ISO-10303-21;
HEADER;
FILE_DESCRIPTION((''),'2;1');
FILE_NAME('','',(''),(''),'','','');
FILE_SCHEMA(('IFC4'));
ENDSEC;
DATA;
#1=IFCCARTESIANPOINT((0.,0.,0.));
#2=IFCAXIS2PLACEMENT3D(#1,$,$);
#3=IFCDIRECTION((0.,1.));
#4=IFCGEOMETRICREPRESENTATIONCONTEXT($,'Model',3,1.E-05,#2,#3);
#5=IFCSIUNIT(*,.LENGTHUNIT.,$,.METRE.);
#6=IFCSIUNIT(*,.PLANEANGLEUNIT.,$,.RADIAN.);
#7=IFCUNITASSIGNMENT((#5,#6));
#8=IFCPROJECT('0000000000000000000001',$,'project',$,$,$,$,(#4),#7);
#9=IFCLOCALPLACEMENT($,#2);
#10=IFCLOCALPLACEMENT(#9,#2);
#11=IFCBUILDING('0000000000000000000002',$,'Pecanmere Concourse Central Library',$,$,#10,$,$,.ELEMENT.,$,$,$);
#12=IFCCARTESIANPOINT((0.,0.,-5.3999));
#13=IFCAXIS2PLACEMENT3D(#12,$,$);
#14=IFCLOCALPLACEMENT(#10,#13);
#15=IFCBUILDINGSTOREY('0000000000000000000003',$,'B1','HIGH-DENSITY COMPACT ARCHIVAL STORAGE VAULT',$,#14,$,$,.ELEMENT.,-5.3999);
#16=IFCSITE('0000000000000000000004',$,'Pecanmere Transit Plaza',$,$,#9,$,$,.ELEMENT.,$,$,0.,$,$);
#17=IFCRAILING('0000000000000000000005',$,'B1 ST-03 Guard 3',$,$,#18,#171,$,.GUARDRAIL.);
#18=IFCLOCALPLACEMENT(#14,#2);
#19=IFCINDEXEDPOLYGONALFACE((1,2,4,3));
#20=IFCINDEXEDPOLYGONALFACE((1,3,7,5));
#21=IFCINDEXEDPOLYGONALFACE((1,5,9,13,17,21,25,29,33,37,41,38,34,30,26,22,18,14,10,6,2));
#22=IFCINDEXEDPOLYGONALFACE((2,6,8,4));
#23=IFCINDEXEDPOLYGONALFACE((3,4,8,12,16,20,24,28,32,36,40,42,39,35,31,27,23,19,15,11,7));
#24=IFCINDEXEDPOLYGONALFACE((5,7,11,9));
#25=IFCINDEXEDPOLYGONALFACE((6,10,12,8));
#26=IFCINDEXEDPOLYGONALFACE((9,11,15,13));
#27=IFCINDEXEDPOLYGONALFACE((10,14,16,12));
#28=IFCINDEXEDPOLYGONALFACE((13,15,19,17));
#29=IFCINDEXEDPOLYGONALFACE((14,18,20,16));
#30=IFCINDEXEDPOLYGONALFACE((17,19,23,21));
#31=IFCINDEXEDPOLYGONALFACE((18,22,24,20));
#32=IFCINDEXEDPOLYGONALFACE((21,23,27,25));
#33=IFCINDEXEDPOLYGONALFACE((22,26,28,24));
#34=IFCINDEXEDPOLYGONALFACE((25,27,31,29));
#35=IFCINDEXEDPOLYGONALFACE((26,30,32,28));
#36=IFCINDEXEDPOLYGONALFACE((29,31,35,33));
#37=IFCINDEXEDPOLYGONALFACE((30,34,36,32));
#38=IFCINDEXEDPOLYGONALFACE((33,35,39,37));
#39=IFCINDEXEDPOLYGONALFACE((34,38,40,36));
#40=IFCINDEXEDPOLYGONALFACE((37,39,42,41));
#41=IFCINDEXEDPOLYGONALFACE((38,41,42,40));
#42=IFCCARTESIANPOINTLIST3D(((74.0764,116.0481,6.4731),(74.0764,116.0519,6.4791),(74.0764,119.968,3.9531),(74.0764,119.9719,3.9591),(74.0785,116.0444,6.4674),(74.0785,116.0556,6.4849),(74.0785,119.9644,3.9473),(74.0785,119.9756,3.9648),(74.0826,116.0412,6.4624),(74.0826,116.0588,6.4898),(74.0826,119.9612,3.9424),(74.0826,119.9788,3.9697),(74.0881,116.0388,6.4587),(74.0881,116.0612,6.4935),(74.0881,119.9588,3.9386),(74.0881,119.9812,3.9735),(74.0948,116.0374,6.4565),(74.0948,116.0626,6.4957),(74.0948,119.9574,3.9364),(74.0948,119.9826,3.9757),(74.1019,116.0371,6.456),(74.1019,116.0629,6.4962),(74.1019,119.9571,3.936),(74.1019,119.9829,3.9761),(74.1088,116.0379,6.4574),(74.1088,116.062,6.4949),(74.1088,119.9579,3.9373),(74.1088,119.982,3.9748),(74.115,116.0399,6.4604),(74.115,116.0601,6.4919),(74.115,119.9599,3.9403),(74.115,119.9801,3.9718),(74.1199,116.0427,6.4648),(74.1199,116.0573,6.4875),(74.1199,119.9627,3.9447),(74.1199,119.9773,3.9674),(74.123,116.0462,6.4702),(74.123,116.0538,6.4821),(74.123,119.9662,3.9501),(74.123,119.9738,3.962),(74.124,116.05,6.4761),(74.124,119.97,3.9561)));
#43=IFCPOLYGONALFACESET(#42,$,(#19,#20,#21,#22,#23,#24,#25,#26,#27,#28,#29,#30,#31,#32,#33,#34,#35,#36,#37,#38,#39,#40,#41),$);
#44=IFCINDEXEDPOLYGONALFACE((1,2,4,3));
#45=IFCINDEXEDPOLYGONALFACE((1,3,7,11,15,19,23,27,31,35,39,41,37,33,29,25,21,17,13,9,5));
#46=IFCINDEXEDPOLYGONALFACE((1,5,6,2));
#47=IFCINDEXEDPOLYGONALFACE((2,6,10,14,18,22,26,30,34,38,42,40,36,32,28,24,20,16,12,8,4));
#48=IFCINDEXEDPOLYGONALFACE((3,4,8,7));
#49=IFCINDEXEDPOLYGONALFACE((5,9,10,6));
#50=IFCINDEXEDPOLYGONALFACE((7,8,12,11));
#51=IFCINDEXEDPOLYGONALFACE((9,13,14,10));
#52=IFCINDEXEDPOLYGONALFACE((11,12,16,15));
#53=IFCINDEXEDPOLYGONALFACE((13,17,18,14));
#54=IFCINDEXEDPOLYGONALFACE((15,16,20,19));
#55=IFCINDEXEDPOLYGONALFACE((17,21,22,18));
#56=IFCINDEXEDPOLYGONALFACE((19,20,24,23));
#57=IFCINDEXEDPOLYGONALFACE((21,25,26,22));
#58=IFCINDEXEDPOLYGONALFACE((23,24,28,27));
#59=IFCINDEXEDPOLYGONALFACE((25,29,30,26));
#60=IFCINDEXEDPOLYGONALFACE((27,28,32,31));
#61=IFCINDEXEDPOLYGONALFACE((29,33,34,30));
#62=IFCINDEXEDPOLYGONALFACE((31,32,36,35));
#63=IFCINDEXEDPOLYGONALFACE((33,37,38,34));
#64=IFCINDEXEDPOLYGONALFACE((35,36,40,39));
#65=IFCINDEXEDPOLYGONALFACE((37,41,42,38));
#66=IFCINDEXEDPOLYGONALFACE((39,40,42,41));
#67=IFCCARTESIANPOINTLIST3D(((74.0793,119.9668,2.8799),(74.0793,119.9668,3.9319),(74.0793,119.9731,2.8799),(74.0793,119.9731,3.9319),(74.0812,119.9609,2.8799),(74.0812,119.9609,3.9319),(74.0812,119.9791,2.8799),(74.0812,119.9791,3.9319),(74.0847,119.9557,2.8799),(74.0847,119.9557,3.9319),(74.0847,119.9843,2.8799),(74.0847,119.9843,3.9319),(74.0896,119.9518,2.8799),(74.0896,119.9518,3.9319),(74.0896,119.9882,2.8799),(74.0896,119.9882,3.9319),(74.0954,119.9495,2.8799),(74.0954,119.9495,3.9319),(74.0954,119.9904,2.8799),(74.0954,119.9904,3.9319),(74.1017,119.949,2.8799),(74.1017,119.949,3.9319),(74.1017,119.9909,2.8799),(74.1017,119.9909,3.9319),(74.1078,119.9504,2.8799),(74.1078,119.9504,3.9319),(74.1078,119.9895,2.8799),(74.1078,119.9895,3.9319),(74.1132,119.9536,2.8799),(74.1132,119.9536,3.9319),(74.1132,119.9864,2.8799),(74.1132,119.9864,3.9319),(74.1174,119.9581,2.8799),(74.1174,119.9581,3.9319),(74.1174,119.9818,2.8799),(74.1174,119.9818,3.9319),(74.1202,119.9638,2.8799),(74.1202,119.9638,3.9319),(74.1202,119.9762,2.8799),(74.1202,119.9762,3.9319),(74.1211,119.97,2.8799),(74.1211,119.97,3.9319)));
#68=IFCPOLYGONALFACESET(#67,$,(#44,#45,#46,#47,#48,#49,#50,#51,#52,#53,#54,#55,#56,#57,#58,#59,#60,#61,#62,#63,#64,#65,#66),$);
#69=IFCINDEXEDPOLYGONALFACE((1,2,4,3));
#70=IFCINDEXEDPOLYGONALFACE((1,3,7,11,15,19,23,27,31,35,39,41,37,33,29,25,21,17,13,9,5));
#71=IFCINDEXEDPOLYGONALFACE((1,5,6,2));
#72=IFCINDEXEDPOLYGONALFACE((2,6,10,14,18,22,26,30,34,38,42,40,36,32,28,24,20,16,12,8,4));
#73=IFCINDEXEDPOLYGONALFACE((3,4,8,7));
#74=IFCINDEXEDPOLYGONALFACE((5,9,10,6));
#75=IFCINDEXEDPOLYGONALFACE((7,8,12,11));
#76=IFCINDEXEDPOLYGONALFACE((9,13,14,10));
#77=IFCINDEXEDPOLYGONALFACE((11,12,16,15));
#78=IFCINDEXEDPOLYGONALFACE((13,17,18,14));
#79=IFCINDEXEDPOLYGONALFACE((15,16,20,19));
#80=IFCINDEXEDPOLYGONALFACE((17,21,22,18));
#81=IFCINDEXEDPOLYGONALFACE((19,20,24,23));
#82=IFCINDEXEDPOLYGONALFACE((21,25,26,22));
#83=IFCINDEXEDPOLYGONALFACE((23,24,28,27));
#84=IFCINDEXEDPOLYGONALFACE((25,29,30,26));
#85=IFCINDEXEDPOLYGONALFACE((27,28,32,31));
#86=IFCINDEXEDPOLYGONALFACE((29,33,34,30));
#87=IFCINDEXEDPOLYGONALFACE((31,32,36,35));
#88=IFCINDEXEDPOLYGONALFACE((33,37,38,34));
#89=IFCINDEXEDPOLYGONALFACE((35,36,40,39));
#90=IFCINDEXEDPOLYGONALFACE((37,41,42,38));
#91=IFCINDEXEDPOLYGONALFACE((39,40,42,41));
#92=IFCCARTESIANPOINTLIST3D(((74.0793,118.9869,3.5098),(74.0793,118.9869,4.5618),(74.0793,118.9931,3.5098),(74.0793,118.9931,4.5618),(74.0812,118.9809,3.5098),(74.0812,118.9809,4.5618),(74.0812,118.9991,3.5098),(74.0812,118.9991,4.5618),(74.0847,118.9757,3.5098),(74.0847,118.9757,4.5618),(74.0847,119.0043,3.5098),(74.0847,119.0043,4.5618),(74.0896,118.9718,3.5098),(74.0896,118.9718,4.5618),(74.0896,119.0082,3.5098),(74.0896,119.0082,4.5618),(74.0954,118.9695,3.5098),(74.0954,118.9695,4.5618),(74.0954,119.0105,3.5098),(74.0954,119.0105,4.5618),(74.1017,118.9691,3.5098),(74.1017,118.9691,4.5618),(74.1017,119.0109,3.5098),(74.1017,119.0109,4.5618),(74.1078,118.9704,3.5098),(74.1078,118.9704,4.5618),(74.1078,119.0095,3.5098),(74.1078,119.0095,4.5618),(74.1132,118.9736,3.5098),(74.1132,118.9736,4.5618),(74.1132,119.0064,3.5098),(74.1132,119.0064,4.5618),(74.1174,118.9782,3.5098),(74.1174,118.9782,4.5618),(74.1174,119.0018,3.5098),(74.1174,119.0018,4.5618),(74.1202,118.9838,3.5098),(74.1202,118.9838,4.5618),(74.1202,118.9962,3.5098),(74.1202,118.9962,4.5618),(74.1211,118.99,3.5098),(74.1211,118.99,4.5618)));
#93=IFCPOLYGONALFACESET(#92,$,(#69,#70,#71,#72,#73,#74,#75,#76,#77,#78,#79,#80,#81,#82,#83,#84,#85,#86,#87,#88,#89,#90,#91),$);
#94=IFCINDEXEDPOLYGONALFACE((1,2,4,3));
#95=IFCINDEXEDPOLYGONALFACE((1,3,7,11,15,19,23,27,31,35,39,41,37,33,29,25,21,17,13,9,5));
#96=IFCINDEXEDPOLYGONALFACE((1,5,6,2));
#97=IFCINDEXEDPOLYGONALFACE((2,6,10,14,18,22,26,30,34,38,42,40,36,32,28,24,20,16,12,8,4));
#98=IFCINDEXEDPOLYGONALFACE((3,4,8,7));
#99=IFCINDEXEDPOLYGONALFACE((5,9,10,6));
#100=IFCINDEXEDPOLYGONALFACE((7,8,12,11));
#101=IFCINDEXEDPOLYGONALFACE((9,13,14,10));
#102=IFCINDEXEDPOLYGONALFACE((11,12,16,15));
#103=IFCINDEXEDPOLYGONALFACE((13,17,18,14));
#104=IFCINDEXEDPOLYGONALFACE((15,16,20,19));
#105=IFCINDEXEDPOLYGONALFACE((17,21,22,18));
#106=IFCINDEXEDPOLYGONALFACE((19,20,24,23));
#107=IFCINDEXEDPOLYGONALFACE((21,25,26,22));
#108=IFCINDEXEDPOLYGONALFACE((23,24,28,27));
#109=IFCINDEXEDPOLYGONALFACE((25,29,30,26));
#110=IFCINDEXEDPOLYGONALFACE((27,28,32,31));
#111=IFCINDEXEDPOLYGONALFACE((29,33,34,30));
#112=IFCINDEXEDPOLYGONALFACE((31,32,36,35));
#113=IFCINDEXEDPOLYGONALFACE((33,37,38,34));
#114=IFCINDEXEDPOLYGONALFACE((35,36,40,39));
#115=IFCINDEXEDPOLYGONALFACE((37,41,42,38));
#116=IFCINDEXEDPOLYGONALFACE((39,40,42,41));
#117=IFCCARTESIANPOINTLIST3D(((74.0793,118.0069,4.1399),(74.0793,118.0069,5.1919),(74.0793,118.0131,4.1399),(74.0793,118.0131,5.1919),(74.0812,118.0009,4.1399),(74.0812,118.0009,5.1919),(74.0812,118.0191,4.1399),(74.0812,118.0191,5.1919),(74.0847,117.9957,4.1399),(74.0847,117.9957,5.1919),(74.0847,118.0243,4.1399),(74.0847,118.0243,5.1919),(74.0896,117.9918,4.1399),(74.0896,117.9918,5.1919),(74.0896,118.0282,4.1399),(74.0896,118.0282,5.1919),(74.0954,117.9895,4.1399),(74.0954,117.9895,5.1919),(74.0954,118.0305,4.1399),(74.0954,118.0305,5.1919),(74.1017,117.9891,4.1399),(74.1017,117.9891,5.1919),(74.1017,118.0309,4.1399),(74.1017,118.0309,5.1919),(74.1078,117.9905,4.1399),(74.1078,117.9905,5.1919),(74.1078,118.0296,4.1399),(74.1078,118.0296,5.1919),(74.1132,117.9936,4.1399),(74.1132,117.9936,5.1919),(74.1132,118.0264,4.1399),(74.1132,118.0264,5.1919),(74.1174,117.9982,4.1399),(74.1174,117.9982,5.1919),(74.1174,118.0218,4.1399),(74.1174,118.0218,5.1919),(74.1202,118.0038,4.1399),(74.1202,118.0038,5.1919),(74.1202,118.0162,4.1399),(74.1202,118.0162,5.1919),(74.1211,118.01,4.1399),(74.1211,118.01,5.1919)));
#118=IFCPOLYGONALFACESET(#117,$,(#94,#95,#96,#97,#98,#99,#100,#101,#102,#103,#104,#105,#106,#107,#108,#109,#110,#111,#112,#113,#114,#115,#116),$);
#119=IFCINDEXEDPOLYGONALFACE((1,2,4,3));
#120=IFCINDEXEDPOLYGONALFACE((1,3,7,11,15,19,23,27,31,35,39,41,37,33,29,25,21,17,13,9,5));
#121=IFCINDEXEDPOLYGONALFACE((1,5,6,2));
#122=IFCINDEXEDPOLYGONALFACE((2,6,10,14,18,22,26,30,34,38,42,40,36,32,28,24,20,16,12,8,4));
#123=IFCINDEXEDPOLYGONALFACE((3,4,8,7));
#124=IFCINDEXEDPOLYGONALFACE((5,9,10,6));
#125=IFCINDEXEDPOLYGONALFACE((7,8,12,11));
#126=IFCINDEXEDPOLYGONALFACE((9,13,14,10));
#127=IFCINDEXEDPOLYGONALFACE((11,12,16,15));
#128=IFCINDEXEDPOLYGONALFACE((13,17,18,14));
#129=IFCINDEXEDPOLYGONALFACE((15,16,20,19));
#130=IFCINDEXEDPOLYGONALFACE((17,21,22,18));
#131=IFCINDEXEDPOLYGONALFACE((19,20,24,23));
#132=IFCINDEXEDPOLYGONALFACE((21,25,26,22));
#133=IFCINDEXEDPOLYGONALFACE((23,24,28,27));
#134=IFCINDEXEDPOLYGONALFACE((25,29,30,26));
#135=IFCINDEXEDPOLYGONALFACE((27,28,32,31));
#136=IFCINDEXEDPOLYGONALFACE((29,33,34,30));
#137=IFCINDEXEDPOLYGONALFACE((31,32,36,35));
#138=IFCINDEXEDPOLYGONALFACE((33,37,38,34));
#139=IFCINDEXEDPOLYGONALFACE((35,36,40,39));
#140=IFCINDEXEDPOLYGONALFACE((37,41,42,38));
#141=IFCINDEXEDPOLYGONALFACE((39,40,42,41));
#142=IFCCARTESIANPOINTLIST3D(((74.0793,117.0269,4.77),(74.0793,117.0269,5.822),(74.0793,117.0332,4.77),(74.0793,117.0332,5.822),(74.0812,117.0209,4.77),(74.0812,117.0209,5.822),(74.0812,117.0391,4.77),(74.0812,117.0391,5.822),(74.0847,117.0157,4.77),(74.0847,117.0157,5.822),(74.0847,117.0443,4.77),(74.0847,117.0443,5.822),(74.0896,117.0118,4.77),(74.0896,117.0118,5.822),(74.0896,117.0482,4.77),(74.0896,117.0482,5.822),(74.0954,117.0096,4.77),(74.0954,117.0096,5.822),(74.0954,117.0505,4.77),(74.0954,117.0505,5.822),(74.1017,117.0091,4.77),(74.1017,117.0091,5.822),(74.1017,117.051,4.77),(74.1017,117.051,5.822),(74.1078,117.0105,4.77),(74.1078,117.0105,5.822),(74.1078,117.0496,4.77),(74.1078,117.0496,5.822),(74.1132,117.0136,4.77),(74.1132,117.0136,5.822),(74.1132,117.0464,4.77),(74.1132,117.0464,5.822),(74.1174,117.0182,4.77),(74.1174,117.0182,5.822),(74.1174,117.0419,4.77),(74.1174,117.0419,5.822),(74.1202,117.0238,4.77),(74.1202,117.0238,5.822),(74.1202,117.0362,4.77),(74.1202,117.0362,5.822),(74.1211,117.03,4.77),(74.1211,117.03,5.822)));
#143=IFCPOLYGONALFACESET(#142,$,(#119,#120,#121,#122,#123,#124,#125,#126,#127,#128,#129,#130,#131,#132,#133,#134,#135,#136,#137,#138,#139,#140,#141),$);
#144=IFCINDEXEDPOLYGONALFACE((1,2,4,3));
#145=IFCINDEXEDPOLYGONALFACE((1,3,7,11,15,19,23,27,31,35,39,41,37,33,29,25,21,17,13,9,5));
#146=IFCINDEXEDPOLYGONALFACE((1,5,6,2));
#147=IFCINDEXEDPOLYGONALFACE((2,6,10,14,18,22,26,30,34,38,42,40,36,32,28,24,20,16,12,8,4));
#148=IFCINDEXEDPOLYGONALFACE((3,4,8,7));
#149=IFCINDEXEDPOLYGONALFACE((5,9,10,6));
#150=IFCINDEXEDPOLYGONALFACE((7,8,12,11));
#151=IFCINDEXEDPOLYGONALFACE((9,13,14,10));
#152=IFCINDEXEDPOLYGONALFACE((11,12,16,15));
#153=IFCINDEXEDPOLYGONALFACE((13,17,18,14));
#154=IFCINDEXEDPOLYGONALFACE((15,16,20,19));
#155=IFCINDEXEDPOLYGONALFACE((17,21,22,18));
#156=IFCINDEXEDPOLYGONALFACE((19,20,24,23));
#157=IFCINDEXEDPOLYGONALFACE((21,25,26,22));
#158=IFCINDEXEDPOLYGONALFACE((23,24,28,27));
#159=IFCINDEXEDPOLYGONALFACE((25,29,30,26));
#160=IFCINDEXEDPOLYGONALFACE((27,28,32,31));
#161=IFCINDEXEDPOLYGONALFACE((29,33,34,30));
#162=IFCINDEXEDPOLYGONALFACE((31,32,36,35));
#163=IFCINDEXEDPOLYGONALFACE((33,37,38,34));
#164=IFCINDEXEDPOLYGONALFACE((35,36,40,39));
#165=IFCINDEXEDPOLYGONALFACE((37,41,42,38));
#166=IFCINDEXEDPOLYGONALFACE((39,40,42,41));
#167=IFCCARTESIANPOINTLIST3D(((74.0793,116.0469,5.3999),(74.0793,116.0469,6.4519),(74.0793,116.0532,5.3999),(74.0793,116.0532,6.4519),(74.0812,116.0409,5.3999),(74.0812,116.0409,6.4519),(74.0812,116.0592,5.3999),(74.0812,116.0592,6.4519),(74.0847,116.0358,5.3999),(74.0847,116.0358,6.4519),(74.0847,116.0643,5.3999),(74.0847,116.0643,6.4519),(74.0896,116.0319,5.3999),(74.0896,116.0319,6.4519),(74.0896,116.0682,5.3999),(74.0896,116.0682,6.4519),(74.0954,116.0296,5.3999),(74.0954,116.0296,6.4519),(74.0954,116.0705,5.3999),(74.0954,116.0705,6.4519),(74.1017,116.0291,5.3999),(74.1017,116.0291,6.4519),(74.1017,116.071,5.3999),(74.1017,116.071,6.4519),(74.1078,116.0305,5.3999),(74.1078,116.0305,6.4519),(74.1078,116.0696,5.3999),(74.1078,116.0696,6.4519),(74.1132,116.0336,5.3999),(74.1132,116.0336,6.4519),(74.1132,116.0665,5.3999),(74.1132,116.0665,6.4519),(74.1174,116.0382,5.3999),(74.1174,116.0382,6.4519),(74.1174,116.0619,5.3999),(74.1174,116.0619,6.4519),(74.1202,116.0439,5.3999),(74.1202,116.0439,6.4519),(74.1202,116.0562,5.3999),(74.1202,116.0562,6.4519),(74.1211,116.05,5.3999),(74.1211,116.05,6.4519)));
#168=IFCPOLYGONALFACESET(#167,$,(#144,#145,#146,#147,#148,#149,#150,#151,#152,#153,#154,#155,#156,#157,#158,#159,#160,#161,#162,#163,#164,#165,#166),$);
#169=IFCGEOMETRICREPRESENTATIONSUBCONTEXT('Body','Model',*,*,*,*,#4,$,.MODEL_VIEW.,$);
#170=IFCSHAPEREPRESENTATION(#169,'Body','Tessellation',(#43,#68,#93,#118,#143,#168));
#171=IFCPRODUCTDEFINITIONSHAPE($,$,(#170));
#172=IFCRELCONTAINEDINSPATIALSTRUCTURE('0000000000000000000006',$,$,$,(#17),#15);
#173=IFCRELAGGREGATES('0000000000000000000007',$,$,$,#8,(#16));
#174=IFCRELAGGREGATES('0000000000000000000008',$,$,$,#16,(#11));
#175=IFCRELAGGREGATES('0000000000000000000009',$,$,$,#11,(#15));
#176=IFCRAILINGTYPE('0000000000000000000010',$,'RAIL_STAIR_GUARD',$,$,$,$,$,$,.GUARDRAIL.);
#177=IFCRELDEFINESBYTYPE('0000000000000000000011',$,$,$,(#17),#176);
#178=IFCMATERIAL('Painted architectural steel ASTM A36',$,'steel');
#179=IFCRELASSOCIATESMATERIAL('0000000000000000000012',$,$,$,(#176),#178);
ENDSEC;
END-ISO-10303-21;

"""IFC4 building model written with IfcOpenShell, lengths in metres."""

from ifc_helpers import new_model, si_unit, direction, frame, origin, origin_2d, place, context, subcontext, project, spatial, circle, extrude, material, type_object, element, save


model = new_model("IFC4")

# Units and contexts
model_context = context("Model", 3, precision=1e-05, world=origin(), true_north=direction((0.0, 1.0)))
body_context = subcontext(model_context, "Body", "Model", "MODEL_VIEW")
ifc_project = project(units=[si_unit("LENGTHUNIT", "METRE"), si_unit("PLANEANGLEUNIT", "RADIAN")], contexts=[model_context])

# Site, building, storey
site_placement = place(None, origin())
site = spatial("IfcSite", under=ifc_project, at=site_placement, Name="Pecanmere Transit Plaza", CompositionType="ELEMENT", RefElevation=0.0)
building_placement = place(site_placement, origin())
building = spatial("IfcBuilding", under=site, at=building_placement, Name="Pecanmere Concourse Central Library", CompositionType="ELEMENT")
storey_placement = place(building_placement, frame((0.0, 0.0, -5.3999)))
storey = spatial("IfcBuildingStorey", under=building, at=storey_placement, Name="B1", Description="HIGH-DENSITY COMPACT ARCHIVAL STORAGE VAULT", CompositionType="ELEMENT", Elevation=-5.3999)

# Railing
ifc_material_1 = material(Name="Painted architectural steel ASTM A36", Category="steel")
railing_type_1 = type_object("IfcRailingType", Name="RAIL_STAIR_GUARD", PredefinedType="GUARDRAIL", material=ifc_material_1)
railing_1_placement = place(storey_placement, frame((74.1001, 119.97, 2.8799)))
element("IfcRailing", 1, at=railing_1_placement, inside=storey, type_object=railing_type_1, Name="B1 ST-03 Guard 3", PredefinedType="GUARDRAIL", context=body_context, shape_type="SweptSolid", body=[
    extrude(circle(Radius=0.0239, at=origin_2d()), frame((0.0, 0.0, 1.0762), z_axis=(0.0, -0.841172, 0.540768), x_axis=(1.0, 0.0, 0.0)), (0.0, 0.0, 1.0), 4.6602),
    extrude(circle(Radius=0.021, at=origin_2d()), origin(), (0.0, 0.0, 1.0), 1.052),
    extrude(circle(Radius=0.021, at=origin_2d()), frame((0.0, -0.98, 0.6299)), (0.0, 0.0, 1.0), 1.052),
    extrude(circle(Radius=0.021, at=origin_2d()), frame((0.0, -1.96, 1.26)), (0.0, 0.0, 1.0), 1.052),
    extrude(circle(Radius=0.021, at=origin_2d()), frame((0.0, -2.9399, 1.8901)), (0.0, 0.0, 1.0), 1.052),
    extrude(circle(Radius=0.021, at=origin_2d()), frame((0.0, -3.9199, 2.52)), (0.0, 0.0, 1.0), 1.052),
])

save(model, "model.ifc")
